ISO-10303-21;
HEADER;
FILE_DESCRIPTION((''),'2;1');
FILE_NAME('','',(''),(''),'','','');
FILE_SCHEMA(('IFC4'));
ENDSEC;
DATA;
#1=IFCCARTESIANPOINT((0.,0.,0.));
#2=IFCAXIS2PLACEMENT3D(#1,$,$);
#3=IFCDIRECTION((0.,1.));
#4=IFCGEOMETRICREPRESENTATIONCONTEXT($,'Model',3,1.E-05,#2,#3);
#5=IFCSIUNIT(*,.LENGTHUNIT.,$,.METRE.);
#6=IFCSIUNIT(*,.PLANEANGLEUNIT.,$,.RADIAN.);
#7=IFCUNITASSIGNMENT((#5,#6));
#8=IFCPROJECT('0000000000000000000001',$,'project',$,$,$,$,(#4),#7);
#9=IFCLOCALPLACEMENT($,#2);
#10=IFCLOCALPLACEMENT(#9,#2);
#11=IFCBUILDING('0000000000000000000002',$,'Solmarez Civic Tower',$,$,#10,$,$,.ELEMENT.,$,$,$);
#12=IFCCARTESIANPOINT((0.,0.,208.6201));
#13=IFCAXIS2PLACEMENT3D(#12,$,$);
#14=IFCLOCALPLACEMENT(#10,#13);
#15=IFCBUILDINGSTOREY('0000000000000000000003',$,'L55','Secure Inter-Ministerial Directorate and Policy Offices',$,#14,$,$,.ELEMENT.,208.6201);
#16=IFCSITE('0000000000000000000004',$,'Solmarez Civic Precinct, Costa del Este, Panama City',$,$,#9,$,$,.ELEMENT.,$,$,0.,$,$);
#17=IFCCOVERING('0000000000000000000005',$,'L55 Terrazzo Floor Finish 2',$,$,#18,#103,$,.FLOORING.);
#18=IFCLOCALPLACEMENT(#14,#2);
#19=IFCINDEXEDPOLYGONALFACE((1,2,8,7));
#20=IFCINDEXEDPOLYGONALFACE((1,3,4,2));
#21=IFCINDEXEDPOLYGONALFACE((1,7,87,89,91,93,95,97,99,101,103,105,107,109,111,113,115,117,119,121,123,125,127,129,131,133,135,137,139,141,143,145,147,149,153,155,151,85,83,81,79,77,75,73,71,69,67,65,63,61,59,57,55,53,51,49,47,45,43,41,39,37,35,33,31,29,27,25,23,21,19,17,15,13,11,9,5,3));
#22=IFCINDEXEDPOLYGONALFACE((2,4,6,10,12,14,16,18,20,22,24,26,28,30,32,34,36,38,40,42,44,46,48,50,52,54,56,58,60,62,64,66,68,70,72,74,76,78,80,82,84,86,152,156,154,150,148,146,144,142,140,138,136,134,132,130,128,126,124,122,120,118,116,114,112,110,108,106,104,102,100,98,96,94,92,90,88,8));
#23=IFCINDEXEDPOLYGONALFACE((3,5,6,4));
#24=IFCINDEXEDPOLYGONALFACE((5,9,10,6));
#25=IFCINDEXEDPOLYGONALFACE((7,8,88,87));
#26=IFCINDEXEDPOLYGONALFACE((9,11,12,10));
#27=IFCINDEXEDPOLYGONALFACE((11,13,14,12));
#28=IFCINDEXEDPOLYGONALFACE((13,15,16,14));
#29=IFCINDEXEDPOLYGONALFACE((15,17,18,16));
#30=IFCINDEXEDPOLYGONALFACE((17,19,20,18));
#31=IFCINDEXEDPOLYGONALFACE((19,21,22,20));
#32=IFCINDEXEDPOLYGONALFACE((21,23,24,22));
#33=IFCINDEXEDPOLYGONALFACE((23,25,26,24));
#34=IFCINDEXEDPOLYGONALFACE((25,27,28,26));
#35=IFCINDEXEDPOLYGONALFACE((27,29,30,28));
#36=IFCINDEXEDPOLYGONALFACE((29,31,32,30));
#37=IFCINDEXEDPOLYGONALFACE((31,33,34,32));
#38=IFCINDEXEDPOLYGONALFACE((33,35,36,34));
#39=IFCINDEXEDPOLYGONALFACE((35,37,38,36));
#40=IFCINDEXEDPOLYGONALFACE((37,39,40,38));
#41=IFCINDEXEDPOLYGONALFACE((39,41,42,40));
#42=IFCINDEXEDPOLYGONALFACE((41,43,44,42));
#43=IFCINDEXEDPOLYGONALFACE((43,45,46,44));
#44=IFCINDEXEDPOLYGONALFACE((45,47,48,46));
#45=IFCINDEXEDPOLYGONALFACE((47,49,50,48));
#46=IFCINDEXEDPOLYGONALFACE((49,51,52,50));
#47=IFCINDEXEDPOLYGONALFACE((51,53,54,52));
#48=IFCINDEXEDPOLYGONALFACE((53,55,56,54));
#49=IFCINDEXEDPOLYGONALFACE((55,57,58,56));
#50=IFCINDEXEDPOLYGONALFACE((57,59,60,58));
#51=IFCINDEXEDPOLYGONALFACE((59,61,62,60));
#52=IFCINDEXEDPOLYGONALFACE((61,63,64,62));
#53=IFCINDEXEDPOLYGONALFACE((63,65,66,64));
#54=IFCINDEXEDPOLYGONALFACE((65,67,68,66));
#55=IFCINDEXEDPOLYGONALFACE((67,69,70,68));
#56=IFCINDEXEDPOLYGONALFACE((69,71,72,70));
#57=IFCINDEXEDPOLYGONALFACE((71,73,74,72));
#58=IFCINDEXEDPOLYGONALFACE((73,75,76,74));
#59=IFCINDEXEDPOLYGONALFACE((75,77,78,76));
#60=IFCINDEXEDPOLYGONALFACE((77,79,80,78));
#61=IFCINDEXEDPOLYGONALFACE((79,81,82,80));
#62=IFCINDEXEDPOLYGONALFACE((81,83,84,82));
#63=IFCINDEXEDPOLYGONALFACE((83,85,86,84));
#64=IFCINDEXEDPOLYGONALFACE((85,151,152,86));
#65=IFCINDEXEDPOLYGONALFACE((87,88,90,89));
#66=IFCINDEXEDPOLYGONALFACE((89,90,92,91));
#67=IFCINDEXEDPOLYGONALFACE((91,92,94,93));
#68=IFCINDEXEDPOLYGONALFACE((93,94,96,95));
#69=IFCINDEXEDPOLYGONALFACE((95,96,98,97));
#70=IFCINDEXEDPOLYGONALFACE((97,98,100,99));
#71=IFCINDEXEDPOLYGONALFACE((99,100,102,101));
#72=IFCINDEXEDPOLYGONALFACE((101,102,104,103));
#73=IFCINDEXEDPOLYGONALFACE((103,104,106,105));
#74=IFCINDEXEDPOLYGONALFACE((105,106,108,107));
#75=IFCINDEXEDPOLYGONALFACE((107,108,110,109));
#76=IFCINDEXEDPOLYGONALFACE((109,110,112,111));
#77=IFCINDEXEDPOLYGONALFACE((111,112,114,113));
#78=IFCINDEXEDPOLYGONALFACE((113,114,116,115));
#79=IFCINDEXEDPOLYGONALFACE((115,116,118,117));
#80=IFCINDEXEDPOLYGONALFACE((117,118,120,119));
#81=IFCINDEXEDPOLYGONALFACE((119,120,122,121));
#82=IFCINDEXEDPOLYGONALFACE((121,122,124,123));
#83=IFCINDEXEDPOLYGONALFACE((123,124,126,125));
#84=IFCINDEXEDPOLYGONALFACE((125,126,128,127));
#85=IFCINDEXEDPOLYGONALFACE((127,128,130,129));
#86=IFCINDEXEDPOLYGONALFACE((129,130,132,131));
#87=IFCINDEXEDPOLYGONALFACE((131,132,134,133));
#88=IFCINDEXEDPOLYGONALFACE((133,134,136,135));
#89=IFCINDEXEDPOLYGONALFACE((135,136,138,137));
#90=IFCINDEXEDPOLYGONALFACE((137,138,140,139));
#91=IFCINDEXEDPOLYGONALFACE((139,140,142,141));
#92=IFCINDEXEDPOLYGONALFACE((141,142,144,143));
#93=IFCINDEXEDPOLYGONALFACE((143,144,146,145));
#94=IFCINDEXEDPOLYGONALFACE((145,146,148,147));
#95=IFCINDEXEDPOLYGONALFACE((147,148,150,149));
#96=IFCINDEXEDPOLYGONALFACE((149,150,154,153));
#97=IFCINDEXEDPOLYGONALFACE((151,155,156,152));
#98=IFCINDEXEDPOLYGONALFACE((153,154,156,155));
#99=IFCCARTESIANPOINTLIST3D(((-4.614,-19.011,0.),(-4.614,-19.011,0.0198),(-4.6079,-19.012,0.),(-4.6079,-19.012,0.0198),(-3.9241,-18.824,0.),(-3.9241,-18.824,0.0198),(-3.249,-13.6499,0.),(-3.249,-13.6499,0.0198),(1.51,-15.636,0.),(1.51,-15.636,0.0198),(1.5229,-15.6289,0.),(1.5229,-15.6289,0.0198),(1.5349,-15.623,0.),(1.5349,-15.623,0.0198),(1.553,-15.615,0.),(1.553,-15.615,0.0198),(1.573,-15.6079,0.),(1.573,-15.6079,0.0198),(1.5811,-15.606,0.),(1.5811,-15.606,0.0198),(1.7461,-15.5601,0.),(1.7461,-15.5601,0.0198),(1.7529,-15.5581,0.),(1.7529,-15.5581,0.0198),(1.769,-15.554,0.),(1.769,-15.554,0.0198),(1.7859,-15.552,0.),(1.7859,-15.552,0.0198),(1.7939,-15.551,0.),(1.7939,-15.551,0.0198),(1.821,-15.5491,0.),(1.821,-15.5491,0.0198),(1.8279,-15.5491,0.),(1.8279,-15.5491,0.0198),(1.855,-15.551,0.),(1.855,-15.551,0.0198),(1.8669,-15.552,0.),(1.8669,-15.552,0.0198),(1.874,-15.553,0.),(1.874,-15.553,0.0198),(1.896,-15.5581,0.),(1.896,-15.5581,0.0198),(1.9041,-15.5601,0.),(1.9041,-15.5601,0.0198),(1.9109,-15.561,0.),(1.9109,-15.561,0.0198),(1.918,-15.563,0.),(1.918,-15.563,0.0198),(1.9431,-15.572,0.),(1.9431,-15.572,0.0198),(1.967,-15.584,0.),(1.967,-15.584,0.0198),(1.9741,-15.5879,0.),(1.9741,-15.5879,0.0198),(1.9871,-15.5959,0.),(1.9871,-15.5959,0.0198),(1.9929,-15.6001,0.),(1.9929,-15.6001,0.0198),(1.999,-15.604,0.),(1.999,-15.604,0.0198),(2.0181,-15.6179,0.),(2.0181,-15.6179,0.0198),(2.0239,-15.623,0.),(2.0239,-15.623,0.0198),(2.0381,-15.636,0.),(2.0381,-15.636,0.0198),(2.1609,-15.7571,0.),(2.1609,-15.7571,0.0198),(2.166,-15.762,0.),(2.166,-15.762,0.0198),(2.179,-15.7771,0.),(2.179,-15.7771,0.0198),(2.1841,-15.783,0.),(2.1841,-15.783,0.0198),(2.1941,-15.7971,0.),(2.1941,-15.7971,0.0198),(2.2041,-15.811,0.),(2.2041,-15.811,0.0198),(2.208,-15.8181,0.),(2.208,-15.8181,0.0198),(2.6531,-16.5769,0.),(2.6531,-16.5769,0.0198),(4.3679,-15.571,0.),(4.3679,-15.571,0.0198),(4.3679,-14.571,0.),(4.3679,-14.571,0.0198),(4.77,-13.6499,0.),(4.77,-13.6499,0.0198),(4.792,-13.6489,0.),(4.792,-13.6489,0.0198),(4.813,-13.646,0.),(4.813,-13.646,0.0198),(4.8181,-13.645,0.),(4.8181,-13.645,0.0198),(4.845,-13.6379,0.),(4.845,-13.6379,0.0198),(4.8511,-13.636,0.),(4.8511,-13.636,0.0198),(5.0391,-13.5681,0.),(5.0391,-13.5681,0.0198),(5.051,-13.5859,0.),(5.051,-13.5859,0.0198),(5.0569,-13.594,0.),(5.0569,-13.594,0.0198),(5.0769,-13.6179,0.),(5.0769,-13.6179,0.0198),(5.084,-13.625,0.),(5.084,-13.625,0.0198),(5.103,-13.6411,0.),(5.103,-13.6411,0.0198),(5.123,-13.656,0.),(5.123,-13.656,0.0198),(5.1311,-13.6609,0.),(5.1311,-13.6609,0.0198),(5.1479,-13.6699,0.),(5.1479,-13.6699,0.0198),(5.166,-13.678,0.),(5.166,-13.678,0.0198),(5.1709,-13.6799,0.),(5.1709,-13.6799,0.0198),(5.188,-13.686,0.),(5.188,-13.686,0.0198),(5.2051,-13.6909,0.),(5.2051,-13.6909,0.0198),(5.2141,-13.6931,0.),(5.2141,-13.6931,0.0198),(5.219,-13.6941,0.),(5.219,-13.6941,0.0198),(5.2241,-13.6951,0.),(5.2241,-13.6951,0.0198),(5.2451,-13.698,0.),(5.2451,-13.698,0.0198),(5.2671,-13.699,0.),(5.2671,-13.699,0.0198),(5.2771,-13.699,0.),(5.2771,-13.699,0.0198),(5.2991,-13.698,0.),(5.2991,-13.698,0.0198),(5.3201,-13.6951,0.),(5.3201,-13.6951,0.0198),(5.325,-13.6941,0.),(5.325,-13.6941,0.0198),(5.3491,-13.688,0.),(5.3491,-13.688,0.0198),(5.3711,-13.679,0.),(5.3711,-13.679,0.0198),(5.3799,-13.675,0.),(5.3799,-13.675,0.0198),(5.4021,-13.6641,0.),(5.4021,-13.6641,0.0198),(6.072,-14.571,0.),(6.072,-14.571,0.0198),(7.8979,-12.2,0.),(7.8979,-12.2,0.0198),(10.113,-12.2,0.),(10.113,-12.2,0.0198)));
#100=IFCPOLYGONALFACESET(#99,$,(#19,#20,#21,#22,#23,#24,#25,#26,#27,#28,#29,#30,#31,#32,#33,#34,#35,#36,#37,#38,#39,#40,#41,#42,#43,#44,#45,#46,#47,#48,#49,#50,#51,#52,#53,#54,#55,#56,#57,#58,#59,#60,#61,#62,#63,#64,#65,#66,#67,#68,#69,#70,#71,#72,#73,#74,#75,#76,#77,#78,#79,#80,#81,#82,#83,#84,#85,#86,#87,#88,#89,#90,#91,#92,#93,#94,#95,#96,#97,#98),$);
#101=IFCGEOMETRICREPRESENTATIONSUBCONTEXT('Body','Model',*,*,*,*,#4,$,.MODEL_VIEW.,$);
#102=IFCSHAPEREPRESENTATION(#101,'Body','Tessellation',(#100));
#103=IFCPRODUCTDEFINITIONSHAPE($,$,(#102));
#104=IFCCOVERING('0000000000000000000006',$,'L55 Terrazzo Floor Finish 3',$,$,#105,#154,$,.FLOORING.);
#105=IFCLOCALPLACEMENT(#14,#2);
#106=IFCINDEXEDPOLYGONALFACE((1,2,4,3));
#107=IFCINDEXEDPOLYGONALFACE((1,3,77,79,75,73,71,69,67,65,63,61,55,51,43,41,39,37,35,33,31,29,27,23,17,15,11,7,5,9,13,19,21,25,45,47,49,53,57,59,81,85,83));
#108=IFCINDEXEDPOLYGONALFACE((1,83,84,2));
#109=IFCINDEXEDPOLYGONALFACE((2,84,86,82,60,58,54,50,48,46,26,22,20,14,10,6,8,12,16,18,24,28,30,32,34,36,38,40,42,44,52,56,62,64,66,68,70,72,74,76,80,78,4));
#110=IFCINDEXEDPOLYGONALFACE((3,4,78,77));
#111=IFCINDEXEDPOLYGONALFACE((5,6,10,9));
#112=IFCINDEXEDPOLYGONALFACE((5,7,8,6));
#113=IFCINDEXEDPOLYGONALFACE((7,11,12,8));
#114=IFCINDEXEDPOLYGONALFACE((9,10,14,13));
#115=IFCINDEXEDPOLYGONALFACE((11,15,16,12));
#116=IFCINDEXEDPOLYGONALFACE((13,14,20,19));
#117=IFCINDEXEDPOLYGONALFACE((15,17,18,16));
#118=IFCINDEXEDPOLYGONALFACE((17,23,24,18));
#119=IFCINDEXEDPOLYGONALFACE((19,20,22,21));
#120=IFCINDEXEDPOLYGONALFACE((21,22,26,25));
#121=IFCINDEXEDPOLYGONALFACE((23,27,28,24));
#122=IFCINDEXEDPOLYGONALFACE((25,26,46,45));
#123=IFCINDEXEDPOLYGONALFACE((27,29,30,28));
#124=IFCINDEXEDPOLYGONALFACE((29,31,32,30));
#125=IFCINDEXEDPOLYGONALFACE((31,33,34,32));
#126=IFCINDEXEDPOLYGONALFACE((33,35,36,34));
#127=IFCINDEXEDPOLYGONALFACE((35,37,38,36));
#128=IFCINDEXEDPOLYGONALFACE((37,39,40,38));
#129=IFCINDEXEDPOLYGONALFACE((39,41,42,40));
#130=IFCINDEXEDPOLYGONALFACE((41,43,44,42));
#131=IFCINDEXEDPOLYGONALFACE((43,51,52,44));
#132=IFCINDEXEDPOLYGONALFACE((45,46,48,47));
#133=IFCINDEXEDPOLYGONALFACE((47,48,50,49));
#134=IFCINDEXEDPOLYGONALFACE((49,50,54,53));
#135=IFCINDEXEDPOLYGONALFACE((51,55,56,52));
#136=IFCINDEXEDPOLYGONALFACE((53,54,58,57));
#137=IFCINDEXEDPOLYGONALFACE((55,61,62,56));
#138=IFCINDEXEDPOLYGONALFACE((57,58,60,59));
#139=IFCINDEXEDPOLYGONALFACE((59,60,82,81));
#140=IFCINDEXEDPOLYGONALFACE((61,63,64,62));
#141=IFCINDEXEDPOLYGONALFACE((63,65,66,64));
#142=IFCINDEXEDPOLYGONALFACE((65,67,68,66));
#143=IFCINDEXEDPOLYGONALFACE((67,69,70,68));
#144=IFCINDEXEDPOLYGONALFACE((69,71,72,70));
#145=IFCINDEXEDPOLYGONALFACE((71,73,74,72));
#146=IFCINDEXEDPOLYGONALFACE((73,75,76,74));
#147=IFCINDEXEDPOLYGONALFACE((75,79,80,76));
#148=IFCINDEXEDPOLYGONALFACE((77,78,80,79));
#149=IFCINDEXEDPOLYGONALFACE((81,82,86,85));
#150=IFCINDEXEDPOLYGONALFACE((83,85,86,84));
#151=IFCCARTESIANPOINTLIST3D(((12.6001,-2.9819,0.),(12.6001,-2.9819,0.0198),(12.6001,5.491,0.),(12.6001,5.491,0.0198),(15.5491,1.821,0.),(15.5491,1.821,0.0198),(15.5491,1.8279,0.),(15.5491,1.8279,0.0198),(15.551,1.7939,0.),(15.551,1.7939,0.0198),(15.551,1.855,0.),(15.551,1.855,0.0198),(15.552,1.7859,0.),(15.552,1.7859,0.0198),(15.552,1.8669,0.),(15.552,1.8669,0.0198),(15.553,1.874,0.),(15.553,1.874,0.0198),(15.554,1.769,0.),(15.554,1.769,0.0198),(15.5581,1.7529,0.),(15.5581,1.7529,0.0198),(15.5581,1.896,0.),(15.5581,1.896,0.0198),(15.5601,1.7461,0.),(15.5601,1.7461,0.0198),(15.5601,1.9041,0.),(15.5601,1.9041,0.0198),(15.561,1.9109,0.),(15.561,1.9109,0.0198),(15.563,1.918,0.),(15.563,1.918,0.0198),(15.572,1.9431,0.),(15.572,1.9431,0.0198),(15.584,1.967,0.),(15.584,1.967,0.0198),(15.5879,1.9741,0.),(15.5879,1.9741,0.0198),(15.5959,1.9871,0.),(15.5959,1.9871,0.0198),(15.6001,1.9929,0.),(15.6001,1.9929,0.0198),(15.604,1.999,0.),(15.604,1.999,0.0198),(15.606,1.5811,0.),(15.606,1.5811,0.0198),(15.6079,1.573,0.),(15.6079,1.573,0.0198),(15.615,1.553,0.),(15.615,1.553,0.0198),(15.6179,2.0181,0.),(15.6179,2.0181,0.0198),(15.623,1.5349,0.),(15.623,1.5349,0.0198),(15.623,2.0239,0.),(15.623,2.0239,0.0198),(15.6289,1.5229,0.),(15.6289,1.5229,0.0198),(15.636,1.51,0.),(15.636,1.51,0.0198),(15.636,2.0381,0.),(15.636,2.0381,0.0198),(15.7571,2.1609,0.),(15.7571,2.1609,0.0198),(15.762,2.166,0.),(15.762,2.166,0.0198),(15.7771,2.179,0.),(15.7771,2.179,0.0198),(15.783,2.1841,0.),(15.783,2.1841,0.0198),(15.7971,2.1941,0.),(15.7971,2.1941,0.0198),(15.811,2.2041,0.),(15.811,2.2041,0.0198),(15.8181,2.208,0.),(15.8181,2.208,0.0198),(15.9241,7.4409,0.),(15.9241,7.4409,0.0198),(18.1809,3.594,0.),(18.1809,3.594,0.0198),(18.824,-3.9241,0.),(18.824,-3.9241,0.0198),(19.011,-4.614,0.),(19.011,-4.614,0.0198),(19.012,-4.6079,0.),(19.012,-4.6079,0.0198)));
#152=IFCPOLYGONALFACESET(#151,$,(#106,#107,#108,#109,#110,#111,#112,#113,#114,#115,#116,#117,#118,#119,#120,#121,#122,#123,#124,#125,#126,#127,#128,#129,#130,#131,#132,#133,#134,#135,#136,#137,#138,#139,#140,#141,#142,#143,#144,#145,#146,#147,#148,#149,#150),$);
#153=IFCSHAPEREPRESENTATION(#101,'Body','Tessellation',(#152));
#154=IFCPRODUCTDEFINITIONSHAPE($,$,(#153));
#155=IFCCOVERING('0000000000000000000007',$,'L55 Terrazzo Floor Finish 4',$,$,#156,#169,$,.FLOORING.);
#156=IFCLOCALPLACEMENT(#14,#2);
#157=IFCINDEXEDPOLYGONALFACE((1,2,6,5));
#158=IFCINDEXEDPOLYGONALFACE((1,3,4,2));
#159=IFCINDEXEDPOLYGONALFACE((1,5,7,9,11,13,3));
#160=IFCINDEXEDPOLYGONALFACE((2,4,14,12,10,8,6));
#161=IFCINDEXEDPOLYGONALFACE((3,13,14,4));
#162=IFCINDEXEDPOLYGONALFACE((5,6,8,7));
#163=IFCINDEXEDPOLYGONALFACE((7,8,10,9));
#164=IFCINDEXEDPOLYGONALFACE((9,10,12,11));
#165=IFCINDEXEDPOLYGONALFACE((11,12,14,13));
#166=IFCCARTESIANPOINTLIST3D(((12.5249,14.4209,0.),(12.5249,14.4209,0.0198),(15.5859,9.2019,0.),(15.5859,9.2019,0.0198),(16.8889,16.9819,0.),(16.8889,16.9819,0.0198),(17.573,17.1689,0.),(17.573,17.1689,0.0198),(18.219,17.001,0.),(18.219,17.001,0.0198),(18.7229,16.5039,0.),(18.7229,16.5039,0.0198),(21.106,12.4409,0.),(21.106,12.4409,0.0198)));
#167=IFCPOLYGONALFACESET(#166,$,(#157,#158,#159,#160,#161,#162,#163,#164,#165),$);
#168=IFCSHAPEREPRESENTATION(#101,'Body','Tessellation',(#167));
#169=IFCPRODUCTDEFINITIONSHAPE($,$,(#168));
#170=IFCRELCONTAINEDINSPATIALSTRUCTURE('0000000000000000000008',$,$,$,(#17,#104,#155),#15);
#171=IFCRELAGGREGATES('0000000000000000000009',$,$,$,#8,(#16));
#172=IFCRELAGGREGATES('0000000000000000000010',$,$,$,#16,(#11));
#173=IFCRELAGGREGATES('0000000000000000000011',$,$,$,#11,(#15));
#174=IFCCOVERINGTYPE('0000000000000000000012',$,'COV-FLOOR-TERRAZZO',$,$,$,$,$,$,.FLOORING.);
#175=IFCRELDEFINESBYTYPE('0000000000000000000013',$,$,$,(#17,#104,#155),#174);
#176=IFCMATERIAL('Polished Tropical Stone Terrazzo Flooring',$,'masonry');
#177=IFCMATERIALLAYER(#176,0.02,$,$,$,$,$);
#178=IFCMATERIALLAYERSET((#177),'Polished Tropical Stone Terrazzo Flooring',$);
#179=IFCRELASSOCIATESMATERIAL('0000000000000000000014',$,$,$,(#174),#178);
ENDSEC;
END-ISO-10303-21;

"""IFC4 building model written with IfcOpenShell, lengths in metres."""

from ifc_helpers import new_model, si_unit, direction, frame, origin, place, context, subcontext, project, spatial, polyline, outline, extrude, material, layer, layer_set, type_object, element, save


model = new_model("IFC4")

# Units and contexts
model_context = context("Model", 3, precision=1e-05, world=origin(), true_north=direction((0.0, 1.0)))
body_context = subcontext(model_context, "Body", "Model", "MODEL_VIEW")
ifc_project = project(units=[si_unit("LENGTHUNIT", "METRE"), si_unit("PLANEANGLEUNIT", "RADIAN")], contexts=[model_context])

# Site, building, storey
site_placement = place(None, origin())
site = spatial("IfcSite", under=ifc_project, at=site_placement, Name="Solmarez Civic Precinct, Costa del Este, Panama City", CompositionType="ELEMENT", RefElevation=0.0)
building_placement = place(site_placement, origin())
building = spatial("IfcBuilding", under=site, at=building_placement, Name="Solmarez Civic Tower", CompositionType="ELEMENT")
storey_placement = place(building_placement, frame((0.0, 0.0, 208.6201)))
storey = spatial("IfcBuildingStorey", under=building, at=storey_placement, Name="L55", Description="Secure Inter-Ministerial Directorate and Policy Offices", CompositionType="ELEMENT", Elevation=208.6201)

# Coverings
ifc_material_1 = material(Name="Polished Tropical Stone Terrazzo Flooring", Category="masonry")
ifc_layer_1 = layer(ifc_material_1, 0.02)
ifc_layer_set_1 = layer_set([ifc_layer_1], Name="Polished Tropical Stone Terrazzo Flooring")
covering_type_1 = type_object("IfcCoveringType", Name="COV-FLOOR-TERRAZZO", PredefinedType="FLOORING", material=ifc_layer_set_1)
covering_1_placement = place(storey_placement, origin())
element("IfcCovering", 1, at=covering_1_placement, inside=storey, type_object=covering_type_1, Name="L55 Terrazzo Floor Finish 2", PredefinedType="FLOORING", context=body_context, shape_type="SweptSolid", body=[
    extrude(outline(polyline([(5.0391, -13.5681), (4.8511, -13.636), (4.845, -13.6379), (4.8181, -13.645), (4.813, -13.646), (4.792, -13.6489), (4.77, -13.6499), (-3.249, -13.6499), (-4.614, -19.011), (-4.6079, -19.012), (-3.9241, -18.824), (1.51, -15.636), (1.5229, -15.6289), (1.5349, -15.623), (1.553, -15.615), (1.573, -15.6079), (1.5811, -15.606), (1.7461, -15.5601), (1.7529, -15.5581), (1.769, -15.554), (1.7859, -15.552), (1.7939, -15.551), (1.821, -15.5491), (1.8279, -15.5491), (1.855, -15.551), (1.8669, -15.552), (1.874, -15.553), (1.896, -15.5581), (1.9041, -15.5601), (1.9109, -15.561), (1.918, -15.563), (1.9431, -15.572), (1.967, -15.584), (1.9741, -15.5879), (1.9871, -15.5959), (1.9929, -15.6001), (1.999, -15.604), (2.0181, -15.6179), (2.0239, -15.623), (2.0381, -15.636), (2.1609, -15.7571), (2.166, -15.762), (2.179, -15.7771), (2.1841, -15.783), (2.1941, -15.7971), (2.2041, -15.811), (2.208, -15.8181), (2.6531, -16.5769), (4.3679, -15.571), (4.3679, -14.571), (6.072, -14.571), (10.113, -12.2), (7.8979, -12.2), (5.4021, -13.6641), (5.3799, -13.675), (5.3711, -13.679), (5.3491, -13.688), (5.325, -13.6941), (5.3201, -13.6951), (5.2991, -13.698), (5.2771, -13.699), (5.2671, -13.699), (5.2451, -13.698), (5.2241, -13.6951), (5.219, -13.6941), (5.2141, -13.6931), (5.2051, -13.6909), (5.188, -13.686), (5.1709, -13.6799), (5.166, -13.678), (5.1479, -13.6699), (5.1311, -13.6609), (5.123, -13.656), (5.103, -13.6411), (5.084, -13.625), (5.0769, -13.6179), (5.0569, -13.594), (5.051, -13.5859), (5.0391, -13.5681)])), origin(), (0.0, 0.0, 1.0), 0.0198),
])
covering_2_placement = place(storey_placement, origin())
element("IfcCovering", 2, at=covering_2_placement, inside=storey, type_object=covering_type_1, Name="L55 Terrazzo Floor Finish 3", PredefinedType="FLOORING", context=body_context, shape_type="SweptSolid", body=[
    extrude(outline(polyline([(12.6001, 5.491), (12.6001, -2.9819), (19.011, -4.614), (19.012, -4.6079), (18.824, -3.9241), (15.636, 1.51), (15.6289, 1.5229), (15.623, 1.5349), (15.615, 1.553), (15.6079, 1.573), (15.606, 1.5811), (15.5601, 1.7461), (15.5581, 1.7529), (15.554, 1.769), (15.552, 1.7859), (15.551, 1.7939), (15.5491, 1.821), (15.5491, 1.8279), (15.551, 1.855), (15.552, 1.8669), (15.553, 1.874), (15.5581, 1.896), (15.5601, 1.9041), (15.561, 1.9109), (15.563, 1.918), (15.572, 1.9431), (15.584, 1.967), (15.5879, 1.9741), (15.5959, 1.9871), (15.6001, 1.9929), (15.604, 1.999), (15.6179, 2.0181), (15.623, 2.0239), (15.636, 2.0381), (15.7571, 2.1609), (15.762, 2.166), (15.7771, 2.179), (15.783, 2.1841), (15.7971, 2.1941), (15.811, 2.2041), (15.8181, 2.208), (18.1809, 3.594), (15.9241, 7.4409), (12.6001, 5.491)])), origin(), (0.0, 0.0, 1.0), 0.0198),
])
covering_3_placement = place(storey_placement, origin())
element("IfcCovering", 3, at=covering_3_placement, inside=storey, type_object=covering_type_1, Name="L55 Terrazzo Floor Finish 4", PredefinedType="FLOORING", context=body_context, shape_type="SweptSolid", body=[
    extrude(outline(polyline([(21.106, 12.4409), (18.7229, 16.5039), (18.219, 17.001), (17.573, 17.1689), (16.8889, 16.9819), (12.5249, 14.4209), (15.5859, 9.2019), (21.106, 12.4409)])), origin(), (0.0, 0.0, 1.0), 0.0198),
])

save(model, "model.ifc")
